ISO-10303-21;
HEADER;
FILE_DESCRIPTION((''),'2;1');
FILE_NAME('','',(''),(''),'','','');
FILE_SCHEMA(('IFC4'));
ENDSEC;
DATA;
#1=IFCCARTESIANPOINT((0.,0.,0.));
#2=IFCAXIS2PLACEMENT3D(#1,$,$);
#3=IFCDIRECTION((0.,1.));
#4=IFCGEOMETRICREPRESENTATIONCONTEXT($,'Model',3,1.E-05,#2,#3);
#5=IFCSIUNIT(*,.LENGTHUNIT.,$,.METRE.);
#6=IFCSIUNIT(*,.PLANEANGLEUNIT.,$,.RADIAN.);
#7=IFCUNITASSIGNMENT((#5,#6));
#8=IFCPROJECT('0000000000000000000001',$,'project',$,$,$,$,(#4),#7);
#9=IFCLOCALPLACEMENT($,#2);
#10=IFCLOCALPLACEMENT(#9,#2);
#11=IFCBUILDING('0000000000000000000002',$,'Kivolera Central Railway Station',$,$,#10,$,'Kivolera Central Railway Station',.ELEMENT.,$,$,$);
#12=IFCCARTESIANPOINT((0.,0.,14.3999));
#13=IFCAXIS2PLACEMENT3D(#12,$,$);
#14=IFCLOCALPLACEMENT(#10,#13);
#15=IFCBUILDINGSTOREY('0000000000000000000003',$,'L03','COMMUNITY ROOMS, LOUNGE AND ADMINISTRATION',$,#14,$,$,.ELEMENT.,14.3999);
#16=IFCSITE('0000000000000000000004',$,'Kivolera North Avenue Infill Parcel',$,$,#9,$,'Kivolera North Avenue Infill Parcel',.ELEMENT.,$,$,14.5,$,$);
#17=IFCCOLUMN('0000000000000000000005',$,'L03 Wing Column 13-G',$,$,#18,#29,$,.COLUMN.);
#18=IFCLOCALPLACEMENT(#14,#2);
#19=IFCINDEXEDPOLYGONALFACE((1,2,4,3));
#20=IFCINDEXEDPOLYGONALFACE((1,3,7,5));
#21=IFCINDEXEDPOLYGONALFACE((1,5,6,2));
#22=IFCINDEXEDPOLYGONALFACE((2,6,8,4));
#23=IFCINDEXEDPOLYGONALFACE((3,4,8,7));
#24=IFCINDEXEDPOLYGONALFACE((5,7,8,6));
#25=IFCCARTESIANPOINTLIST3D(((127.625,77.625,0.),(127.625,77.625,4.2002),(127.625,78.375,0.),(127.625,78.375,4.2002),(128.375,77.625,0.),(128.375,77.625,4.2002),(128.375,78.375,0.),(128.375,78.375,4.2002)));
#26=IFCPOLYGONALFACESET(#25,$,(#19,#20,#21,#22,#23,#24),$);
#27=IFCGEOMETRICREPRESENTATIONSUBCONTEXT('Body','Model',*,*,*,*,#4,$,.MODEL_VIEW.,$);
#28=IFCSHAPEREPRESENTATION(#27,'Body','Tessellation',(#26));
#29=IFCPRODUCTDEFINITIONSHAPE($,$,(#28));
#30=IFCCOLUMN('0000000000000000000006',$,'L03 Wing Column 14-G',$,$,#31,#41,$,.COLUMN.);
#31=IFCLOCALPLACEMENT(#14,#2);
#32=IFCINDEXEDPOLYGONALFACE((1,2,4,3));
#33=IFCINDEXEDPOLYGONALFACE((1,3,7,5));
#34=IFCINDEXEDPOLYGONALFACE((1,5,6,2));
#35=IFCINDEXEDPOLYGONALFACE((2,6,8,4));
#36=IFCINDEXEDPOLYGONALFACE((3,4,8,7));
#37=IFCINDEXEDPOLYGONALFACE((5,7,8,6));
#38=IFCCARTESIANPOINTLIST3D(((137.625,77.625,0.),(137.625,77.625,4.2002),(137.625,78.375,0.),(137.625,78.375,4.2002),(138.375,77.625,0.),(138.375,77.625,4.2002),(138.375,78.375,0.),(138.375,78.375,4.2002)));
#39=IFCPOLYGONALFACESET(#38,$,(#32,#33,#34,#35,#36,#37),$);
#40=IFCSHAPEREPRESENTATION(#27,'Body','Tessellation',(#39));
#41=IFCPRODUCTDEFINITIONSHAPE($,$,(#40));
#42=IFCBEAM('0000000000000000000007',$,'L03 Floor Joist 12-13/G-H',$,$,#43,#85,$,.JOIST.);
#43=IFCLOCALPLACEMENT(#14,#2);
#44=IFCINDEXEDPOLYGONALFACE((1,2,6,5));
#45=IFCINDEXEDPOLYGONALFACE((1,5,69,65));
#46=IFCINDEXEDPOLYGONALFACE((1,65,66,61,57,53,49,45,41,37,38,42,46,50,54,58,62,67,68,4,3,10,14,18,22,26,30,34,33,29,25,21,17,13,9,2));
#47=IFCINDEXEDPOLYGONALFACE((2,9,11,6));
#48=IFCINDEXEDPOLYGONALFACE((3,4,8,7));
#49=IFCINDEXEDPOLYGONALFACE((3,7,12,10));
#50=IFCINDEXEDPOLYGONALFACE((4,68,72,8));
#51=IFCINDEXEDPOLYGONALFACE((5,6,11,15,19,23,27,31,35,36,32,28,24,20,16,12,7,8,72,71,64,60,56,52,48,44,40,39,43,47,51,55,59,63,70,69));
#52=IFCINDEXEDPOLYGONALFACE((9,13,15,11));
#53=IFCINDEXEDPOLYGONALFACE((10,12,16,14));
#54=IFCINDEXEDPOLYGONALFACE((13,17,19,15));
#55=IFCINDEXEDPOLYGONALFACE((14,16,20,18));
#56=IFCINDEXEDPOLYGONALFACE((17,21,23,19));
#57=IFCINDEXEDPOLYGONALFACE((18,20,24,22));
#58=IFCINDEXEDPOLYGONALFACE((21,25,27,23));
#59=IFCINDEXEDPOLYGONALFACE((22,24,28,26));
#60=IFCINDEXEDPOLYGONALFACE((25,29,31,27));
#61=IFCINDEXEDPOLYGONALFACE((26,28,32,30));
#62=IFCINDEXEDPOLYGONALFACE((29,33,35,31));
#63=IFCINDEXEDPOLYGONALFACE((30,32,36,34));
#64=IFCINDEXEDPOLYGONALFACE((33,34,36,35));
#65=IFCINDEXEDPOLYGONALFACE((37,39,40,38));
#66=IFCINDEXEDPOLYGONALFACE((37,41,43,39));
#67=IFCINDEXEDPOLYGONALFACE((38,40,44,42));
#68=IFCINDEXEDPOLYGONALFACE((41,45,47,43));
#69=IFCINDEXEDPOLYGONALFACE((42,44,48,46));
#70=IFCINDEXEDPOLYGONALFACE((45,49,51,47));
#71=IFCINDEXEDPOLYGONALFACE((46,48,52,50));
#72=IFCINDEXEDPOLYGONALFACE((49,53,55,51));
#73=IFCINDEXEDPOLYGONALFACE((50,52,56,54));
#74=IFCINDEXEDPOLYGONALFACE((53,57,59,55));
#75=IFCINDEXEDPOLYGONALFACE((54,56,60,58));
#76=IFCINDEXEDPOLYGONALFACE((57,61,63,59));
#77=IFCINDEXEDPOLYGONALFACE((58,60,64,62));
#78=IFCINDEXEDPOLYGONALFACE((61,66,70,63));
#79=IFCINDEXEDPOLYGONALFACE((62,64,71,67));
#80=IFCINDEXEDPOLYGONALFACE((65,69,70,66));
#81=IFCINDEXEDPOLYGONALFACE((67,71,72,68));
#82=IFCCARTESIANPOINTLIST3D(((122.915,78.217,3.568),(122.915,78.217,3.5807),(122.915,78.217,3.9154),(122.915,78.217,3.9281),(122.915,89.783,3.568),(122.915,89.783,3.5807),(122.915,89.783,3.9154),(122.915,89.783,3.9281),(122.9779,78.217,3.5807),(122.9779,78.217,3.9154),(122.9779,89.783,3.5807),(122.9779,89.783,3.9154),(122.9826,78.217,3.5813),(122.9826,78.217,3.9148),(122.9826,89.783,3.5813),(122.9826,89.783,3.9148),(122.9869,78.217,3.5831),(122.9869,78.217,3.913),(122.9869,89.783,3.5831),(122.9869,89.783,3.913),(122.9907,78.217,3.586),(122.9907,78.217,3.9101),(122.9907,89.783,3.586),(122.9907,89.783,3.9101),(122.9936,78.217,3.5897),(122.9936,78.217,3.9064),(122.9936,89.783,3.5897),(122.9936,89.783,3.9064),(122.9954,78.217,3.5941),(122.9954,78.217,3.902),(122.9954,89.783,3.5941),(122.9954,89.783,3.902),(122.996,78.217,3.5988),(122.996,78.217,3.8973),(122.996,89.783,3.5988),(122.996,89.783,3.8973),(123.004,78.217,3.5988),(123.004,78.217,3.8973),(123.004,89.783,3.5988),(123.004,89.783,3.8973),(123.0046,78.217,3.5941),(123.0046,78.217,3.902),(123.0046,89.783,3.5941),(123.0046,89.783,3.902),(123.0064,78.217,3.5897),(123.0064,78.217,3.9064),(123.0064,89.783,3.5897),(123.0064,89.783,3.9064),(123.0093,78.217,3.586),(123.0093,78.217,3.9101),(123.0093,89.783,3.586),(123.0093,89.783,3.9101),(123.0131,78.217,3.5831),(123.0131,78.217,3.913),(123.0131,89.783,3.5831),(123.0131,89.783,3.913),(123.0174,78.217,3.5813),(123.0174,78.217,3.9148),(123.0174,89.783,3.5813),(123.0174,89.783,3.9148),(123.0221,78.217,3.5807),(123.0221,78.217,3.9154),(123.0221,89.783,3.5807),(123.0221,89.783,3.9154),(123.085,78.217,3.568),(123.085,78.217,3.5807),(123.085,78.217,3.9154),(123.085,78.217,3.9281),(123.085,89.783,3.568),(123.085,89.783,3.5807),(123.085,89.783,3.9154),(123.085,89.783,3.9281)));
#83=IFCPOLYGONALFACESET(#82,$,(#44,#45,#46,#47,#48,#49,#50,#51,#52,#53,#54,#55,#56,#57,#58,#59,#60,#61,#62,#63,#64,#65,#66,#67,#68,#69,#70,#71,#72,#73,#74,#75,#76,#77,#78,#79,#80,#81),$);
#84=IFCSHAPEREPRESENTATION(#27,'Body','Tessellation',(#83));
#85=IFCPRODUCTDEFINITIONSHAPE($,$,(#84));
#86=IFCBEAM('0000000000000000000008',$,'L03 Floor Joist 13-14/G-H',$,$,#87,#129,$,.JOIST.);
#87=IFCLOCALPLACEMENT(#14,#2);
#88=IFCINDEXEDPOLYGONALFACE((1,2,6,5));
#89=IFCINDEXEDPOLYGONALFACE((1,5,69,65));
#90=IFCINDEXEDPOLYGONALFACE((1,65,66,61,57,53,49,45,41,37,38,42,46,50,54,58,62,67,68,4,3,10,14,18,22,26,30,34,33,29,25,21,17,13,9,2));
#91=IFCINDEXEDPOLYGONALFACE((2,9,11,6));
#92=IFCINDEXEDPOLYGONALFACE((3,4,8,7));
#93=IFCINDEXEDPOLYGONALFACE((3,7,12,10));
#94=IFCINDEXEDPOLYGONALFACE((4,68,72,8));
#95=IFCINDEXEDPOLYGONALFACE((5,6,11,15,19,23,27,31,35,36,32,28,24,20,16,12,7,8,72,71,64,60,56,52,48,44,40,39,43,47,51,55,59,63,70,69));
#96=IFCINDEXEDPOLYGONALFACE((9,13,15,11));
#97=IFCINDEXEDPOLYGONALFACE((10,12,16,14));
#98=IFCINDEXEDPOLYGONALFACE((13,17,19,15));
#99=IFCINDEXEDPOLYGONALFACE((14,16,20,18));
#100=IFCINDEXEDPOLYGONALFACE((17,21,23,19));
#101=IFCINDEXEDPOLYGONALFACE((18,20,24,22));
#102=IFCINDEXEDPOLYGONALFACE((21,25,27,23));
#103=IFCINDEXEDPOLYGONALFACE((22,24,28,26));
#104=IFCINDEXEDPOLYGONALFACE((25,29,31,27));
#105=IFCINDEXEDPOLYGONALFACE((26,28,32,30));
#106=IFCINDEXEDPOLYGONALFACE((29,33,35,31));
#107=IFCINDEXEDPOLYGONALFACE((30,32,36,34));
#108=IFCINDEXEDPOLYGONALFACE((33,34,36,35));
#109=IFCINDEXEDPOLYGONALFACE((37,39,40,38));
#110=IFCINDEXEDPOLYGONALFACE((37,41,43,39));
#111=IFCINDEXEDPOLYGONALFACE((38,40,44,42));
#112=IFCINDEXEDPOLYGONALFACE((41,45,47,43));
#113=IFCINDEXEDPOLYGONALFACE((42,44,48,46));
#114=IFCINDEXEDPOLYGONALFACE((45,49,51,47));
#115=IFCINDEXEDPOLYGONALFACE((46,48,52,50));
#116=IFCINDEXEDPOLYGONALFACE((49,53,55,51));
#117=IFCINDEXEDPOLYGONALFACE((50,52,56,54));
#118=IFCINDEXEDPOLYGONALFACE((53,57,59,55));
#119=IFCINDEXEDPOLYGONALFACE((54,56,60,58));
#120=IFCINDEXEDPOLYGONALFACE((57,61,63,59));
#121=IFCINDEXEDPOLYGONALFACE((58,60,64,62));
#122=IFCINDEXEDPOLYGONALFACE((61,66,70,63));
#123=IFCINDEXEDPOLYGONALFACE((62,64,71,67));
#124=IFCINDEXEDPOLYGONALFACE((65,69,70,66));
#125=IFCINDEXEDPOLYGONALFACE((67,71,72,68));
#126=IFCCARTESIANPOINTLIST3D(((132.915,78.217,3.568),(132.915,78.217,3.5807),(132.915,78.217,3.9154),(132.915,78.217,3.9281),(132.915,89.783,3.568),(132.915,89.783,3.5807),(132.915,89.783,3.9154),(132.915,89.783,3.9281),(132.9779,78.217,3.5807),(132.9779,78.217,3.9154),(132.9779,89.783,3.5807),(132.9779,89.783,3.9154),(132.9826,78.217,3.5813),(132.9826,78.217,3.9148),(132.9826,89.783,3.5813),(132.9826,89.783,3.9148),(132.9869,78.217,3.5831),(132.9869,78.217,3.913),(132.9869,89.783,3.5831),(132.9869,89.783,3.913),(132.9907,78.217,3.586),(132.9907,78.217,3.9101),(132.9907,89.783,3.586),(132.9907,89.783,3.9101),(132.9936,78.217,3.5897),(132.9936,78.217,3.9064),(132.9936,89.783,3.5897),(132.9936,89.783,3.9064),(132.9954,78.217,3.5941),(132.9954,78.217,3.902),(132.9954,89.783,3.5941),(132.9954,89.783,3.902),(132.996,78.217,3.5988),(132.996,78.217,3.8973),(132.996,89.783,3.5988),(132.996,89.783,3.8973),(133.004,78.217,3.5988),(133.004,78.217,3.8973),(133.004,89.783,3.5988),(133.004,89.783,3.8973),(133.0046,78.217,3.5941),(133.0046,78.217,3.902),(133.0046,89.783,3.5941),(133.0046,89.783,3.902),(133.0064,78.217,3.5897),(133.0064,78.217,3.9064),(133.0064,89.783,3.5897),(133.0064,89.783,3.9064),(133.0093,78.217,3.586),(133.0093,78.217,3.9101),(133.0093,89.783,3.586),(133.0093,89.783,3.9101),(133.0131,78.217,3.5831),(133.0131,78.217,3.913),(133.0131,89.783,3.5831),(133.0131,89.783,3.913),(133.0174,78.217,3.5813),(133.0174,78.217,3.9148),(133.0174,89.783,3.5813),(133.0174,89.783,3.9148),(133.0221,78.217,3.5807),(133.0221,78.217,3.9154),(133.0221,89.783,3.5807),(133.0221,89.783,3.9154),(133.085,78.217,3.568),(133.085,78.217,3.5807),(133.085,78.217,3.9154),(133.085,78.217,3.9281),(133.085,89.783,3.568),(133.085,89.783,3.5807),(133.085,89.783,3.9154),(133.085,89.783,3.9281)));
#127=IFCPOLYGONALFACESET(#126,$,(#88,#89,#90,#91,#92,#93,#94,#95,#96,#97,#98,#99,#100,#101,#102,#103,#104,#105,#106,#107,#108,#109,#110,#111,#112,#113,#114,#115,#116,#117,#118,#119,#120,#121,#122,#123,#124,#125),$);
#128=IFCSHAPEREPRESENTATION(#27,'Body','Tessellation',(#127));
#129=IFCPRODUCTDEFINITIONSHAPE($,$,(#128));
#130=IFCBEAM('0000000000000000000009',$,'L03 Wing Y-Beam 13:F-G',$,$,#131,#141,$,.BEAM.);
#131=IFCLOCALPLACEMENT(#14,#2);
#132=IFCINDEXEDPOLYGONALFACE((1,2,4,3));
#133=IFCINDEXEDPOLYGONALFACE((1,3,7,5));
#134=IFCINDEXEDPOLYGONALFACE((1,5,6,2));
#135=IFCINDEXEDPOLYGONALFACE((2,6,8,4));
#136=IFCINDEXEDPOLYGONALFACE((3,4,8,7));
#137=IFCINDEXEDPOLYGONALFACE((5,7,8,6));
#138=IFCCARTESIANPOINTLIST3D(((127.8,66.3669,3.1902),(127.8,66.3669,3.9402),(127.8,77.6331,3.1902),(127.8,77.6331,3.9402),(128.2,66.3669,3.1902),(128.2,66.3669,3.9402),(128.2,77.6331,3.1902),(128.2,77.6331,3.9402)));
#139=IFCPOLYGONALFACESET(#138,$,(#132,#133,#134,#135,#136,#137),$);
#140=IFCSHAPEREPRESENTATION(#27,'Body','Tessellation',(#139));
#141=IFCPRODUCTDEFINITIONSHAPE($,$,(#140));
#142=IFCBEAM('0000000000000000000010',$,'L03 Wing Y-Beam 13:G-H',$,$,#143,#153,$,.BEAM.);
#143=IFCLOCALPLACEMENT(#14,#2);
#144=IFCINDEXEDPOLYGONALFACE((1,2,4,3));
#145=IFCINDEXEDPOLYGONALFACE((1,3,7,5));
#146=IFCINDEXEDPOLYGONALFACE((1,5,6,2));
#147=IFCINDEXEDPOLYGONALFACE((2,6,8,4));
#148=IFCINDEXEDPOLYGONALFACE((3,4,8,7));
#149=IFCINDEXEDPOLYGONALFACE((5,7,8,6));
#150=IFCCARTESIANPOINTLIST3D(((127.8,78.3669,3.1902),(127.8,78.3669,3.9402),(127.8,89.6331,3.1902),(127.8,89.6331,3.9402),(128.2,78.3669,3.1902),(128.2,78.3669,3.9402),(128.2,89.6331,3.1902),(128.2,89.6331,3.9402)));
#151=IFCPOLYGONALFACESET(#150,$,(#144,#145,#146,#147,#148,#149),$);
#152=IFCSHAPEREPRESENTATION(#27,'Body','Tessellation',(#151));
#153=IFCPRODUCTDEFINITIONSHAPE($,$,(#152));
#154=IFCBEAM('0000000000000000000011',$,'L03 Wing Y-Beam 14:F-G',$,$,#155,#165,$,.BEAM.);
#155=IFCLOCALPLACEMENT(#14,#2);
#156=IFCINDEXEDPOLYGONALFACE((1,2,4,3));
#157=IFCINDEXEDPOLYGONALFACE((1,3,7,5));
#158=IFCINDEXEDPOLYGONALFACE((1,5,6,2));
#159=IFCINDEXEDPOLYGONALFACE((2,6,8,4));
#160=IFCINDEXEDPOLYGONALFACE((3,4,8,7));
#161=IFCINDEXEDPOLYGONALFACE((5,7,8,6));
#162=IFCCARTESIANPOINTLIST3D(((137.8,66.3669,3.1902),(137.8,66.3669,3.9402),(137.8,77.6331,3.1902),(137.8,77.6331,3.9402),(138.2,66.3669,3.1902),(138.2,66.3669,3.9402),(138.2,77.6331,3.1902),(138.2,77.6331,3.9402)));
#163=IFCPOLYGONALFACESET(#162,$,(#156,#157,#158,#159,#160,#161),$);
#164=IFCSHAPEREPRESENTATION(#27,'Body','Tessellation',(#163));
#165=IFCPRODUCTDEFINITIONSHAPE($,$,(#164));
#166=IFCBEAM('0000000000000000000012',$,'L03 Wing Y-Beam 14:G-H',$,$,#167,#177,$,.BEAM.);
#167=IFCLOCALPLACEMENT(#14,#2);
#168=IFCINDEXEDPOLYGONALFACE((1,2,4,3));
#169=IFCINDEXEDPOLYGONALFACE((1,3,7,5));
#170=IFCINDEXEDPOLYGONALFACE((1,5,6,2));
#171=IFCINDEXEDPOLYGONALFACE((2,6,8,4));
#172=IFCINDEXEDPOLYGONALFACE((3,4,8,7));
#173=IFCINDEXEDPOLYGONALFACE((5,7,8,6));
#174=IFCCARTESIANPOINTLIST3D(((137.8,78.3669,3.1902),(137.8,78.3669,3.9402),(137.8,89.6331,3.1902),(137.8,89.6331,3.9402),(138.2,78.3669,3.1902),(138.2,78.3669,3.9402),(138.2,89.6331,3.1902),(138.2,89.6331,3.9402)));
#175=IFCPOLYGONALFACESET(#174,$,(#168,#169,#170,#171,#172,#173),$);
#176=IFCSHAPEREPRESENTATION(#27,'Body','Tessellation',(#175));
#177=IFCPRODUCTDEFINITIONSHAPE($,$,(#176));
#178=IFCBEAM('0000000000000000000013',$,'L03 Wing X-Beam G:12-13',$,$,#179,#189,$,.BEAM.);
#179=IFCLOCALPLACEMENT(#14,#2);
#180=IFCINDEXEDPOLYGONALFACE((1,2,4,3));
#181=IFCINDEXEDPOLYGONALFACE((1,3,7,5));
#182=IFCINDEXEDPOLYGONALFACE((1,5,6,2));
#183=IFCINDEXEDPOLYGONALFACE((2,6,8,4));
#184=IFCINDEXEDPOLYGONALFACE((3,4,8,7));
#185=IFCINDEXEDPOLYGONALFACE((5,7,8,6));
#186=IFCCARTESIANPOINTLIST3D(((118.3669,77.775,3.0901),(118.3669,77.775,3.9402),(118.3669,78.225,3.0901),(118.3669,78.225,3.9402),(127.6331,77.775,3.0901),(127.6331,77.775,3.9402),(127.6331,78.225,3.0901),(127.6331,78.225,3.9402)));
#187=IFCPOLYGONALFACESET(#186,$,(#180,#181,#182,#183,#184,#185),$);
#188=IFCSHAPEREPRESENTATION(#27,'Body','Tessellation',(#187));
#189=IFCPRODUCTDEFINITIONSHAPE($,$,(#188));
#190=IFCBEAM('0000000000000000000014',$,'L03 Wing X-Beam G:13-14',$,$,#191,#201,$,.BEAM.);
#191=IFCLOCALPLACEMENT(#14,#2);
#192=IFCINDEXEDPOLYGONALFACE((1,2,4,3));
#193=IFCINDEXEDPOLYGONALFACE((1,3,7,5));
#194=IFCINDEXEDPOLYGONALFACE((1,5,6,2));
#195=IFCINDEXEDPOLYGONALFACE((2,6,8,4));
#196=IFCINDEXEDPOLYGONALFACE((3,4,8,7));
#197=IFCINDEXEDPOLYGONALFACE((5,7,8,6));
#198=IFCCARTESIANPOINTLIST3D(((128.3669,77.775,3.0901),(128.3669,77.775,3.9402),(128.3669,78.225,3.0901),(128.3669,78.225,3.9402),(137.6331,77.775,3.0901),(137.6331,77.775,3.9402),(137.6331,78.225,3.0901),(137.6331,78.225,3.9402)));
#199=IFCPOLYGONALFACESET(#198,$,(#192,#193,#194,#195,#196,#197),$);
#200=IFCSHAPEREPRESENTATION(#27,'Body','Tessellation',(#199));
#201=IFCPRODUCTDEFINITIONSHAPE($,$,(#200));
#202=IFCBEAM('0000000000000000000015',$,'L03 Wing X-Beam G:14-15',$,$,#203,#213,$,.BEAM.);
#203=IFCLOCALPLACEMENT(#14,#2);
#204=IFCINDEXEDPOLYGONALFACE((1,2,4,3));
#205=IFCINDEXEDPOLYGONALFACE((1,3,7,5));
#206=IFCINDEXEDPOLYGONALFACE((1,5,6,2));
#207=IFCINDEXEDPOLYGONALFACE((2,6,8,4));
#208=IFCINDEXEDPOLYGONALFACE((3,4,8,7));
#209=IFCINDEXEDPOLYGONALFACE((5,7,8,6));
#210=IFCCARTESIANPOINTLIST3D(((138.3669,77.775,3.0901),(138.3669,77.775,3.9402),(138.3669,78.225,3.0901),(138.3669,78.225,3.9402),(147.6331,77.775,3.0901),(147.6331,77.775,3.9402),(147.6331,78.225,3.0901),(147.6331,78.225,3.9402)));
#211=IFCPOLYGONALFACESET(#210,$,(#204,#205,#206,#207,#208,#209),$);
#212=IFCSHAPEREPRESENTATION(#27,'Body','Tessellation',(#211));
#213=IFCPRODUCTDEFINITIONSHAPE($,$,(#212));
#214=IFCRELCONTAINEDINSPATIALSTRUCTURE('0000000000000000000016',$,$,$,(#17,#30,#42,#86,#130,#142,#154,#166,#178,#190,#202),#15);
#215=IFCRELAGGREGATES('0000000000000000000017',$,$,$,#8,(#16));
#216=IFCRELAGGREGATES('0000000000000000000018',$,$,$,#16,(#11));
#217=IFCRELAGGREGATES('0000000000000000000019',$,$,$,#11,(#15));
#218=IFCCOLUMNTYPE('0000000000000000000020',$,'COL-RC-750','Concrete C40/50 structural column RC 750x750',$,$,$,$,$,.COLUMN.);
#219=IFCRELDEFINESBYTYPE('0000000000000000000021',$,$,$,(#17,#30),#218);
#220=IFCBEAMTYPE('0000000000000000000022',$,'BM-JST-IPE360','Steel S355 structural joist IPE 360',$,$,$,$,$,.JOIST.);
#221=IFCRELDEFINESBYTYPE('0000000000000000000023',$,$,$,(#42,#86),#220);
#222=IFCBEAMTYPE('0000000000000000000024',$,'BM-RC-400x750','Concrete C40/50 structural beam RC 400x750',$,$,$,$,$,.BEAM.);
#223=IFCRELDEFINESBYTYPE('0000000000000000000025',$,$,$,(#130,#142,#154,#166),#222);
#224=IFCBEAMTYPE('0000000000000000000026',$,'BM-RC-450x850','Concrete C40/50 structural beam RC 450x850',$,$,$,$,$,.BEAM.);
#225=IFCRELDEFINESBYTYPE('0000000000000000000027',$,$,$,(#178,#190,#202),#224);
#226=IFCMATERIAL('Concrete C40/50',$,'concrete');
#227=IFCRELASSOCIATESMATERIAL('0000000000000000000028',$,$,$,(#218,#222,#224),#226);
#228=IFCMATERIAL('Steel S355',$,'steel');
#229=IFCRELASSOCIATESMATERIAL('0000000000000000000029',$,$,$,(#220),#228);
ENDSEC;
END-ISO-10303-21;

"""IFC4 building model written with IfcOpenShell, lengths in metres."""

from ifc_helpers import new_model, si_unit, direction, frame, origin, origin_2d, place, context, subcontext, project, spatial, rectangle, i_section, extrude, material, material_profile, profile_set, type_object, element, save


model = new_model("IFC4")

# Units and contexts
model_context = context("Model", 3, precision=1e-05, world=origin(), true_north=direction((0.0, 1.0)))
body_context = subcontext(model_context, "Body", "Model", "MODEL_VIEW")
ifc_project = project(units=[si_unit("LENGTHUNIT", "METRE"), si_unit("PLANEANGLEUNIT", "RADIAN")], contexts=[model_context])

# Site, building, storey
site_placement = place(None, origin())
site = spatial("IfcSite", under=ifc_project, at=site_placement, Name="Kivolera North Avenue Infill Parcel", LongName="Kivolera North Avenue Infill Parcel", CompositionType="ELEMENT", RefElevation=14.5)
building_placement = place(site_placement, origin())
building = spatial("IfcBuilding", under=site, at=building_placement, Name="Kivolera Central Railway Station", LongName="Kivolera Central Railway Station", CompositionType="ELEMENT")
storey_placement = place(building_placement, frame((0.0, 0.0, 14.3999)))
storey = spatial("IfcBuildingStorey", under=building, at=storey_placement, Name="L03", Description="COMMUNITY ROOMS, LOUNGE AND ADMINISTRATION", CompositionType="ELEMENT", Elevation=14.3999)

# Columns
ifc_material_1 = material(Name="Concrete C40/50", Category="concrete")
ifc_material_profile_1 = material_profile(ifc_material_1, rectangle(XDim=0.75, YDim=0.75, at=origin_2d()), Name="RC 750x750")
ifc_profile_set_1 = profile_set([ifc_material_profile_1], Name="Concrete C40/50")
column_type = type_object("IfcColumnType", Name="COL-RC-750", Description="Concrete C40/50 structural column RC 750x750", PredefinedType="COLUMN", material=ifc_profile_set_1)
for number, where, z_axis, x_axis, name in (
    (1, (128.0, 78.0, 0.0), (0.0, 0.0, 1.0), (1.0, 0.0, 0.0), "L03 Wing Column 13-G"),
    (2, (138.0, 78.0, 0.0), (0.0, 0.0, 1.0), (1.0, 0.0, 0.0), "L03 Wing Column 14-G"),
):
    element("IfcColumn", number, at=place(storey_placement, frame(where, z_axis=z_axis, x_axis=x_axis)), inside=storey, type_object=column_type, Name=name, PredefinedType="COLUMN", context=body_context, shape_type="SweptSolid", body=[
        extrude(rectangle(XDim=0.75, YDim=0.75, at=origin_2d()), origin(), (0.0, 0.0, 1.0), 4.2002),
    ])

# Beams
ifc_material_2 = material(Name="Steel S355", Category="steel")
ifc_material_profile_2 = material_profile(ifc_material_2, i_section(OverallWidth=0.1699, OverallDepth=0.3601, WebThickness=0.0081, FlangeThickness=0.0127, FilletRadius=0.0181, at=origin_2d()), Name="IPE 360")
ifc_profile_set_2 = profile_set([ifc_material_profile_2], Name="Steel S355")
beam_type_1 = type_object("IfcBeamType", Name="BM-JST-IPE360", Description="Steel S355 structural joist IPE 360", PredefinedType="JOIST", material=ifc_profile_set_2)
for number, where, z_axis, x_axis, name in (
    (3, (123.0, 78.217, 3.748), (0.0, 1.0, 0.0), (-1.0, 0.0, 0.0), "L03 Floor Joist 12-13/G-H"),
    (4, (133.0, 78.217, 3.748), (0.0, 1.0, 0.0), (-1.0, 0.0, 0.0), "L03 Floor Joist 13-14/G-H"),
):
    element("IfcBeam", number, at=place(storey_placement, frame(where, z_axis=z_axis, x_axis=x_axis)), inside=storey, type_object=beam_type_1, Name=name, PredefinedType="JOIST", context=body_context, shape_type="SweptSolid", body=[
        extrude(i_section(OverallWidth=0.1699, OverallDepth=0.3601, WebThickness=0.0081, FlangeThickness=0.0127, FilletRadius=0.0181, at=origin_2d()), origin(), (0.0, 0.0, 1.0), 11.5659),
    ])
ifc_material_profile_3 = material_profile(ifc_material_1, rectangle(XDim=0.3999, YDim=0.75, at=origin_2d()), Name="RC 400x750")
ifc_profile_set_3 = profile_set([ifc_material_profile_3], Name="Concrete C40/50")
beam_type_2 = type_object("IfcBeamType", Name="BM-RC-400x750", Description="Concrete C40/50 structural beam RC 400x750", PredefinedType="BEAM", material=ifc_profile_set_3)
for number, where, z_axis, x_axis, name in (
    (5, (128.0, 66.3669, 3.5652), (0.0, 1.0, 0.0), (-1.0, 0.0, 0.0), "L03 Wing Y-Beam 13:F-G"),
    (6, (128.0, 78.3669, 3.5652), (0.0, 1.0, 0.0), (-1.0, 0.0, 0.0), "L03 Wing Y-Beam 13:G-H"),
    (7, (138.0, 66.3669, 3.5652), (0.0, 1.0, 0.0), (-1.0, 0.0, 0.0), "L03 Wing Y-Beam 14:F-G"),
    (8, (138.0, 78.3669, 3.5652), (0.0, 1.0, 0.0), (-1.0, 0.0, 0.0), "L03 Wing Y-Beam 14:G-H"),
):
    element("IfcBeam", number, at=place(storey_placement, frame(where, z_axis=z_axis, x_axis=x_axis)), inside=storey, type_object=beam_type_2, Name=name, PredefinedType="BEAM", context=body_context, shape_type="SweptSolid", body=[
        extrude(rectangle(XDim=0.3999, YDim=0.75, at=origin_2d()), origin(), (0.0, 0.0, 1.0), 11.2661),
    ])
ifc_material_profile_4 = material_profile(ifc_material_1, rectangle(XDim=0.45, YDim=0.8501, at=origin_2d()), Name="RC 450x850")
ifc_profile_set_4 = profile_set([ifc_material_profile_4], Name="Concrete C40/50")
beam_type_3 = type_object("IfcBeamType", Name="BM-RC-450x850", Description="Concrete C40/50 structural beam RC 450x850", PredefinedType="BEAM", material=ifc_profile_set_4)
for number, where, z_axis, x_axis, name in (
    (9, (118.3669, 78.0, 3.5151), (1.0, 0.0, 0.0), (0.0, 1.0, 0.0), "L03 Wing X-Beam G:12-13"),
    (10, (128.3669, 78.0, 3.5151), (1.0, 0.0, 0.0), (0.0, 1.0, 0.0), "L03 Wing X-Beam G:13-14"),
    (11, (138.3669, 78.0, 3.5151), (1.0, 0.0, 0.0), (0.0, 1.0, 0.0), "L03 Wing X-Beam G:14-15"),
):
    element("IfcBeam", number, at=place(storey_placement, frame(where, z_axis=z_axis, x_axis=x_axis)), inside=storey, type_object=beam_type_3, Name=name, PredefinedType="BEAM", context=body_context, shape_type="SweptSolid", body=[
        extrude(rectangle(XDim=0.45, YDim=0.8501, at=origin_2d()), origin(), (0.0, 0.0, 1.0), 9.2661),
    ])

save(model, "model.ifc")
